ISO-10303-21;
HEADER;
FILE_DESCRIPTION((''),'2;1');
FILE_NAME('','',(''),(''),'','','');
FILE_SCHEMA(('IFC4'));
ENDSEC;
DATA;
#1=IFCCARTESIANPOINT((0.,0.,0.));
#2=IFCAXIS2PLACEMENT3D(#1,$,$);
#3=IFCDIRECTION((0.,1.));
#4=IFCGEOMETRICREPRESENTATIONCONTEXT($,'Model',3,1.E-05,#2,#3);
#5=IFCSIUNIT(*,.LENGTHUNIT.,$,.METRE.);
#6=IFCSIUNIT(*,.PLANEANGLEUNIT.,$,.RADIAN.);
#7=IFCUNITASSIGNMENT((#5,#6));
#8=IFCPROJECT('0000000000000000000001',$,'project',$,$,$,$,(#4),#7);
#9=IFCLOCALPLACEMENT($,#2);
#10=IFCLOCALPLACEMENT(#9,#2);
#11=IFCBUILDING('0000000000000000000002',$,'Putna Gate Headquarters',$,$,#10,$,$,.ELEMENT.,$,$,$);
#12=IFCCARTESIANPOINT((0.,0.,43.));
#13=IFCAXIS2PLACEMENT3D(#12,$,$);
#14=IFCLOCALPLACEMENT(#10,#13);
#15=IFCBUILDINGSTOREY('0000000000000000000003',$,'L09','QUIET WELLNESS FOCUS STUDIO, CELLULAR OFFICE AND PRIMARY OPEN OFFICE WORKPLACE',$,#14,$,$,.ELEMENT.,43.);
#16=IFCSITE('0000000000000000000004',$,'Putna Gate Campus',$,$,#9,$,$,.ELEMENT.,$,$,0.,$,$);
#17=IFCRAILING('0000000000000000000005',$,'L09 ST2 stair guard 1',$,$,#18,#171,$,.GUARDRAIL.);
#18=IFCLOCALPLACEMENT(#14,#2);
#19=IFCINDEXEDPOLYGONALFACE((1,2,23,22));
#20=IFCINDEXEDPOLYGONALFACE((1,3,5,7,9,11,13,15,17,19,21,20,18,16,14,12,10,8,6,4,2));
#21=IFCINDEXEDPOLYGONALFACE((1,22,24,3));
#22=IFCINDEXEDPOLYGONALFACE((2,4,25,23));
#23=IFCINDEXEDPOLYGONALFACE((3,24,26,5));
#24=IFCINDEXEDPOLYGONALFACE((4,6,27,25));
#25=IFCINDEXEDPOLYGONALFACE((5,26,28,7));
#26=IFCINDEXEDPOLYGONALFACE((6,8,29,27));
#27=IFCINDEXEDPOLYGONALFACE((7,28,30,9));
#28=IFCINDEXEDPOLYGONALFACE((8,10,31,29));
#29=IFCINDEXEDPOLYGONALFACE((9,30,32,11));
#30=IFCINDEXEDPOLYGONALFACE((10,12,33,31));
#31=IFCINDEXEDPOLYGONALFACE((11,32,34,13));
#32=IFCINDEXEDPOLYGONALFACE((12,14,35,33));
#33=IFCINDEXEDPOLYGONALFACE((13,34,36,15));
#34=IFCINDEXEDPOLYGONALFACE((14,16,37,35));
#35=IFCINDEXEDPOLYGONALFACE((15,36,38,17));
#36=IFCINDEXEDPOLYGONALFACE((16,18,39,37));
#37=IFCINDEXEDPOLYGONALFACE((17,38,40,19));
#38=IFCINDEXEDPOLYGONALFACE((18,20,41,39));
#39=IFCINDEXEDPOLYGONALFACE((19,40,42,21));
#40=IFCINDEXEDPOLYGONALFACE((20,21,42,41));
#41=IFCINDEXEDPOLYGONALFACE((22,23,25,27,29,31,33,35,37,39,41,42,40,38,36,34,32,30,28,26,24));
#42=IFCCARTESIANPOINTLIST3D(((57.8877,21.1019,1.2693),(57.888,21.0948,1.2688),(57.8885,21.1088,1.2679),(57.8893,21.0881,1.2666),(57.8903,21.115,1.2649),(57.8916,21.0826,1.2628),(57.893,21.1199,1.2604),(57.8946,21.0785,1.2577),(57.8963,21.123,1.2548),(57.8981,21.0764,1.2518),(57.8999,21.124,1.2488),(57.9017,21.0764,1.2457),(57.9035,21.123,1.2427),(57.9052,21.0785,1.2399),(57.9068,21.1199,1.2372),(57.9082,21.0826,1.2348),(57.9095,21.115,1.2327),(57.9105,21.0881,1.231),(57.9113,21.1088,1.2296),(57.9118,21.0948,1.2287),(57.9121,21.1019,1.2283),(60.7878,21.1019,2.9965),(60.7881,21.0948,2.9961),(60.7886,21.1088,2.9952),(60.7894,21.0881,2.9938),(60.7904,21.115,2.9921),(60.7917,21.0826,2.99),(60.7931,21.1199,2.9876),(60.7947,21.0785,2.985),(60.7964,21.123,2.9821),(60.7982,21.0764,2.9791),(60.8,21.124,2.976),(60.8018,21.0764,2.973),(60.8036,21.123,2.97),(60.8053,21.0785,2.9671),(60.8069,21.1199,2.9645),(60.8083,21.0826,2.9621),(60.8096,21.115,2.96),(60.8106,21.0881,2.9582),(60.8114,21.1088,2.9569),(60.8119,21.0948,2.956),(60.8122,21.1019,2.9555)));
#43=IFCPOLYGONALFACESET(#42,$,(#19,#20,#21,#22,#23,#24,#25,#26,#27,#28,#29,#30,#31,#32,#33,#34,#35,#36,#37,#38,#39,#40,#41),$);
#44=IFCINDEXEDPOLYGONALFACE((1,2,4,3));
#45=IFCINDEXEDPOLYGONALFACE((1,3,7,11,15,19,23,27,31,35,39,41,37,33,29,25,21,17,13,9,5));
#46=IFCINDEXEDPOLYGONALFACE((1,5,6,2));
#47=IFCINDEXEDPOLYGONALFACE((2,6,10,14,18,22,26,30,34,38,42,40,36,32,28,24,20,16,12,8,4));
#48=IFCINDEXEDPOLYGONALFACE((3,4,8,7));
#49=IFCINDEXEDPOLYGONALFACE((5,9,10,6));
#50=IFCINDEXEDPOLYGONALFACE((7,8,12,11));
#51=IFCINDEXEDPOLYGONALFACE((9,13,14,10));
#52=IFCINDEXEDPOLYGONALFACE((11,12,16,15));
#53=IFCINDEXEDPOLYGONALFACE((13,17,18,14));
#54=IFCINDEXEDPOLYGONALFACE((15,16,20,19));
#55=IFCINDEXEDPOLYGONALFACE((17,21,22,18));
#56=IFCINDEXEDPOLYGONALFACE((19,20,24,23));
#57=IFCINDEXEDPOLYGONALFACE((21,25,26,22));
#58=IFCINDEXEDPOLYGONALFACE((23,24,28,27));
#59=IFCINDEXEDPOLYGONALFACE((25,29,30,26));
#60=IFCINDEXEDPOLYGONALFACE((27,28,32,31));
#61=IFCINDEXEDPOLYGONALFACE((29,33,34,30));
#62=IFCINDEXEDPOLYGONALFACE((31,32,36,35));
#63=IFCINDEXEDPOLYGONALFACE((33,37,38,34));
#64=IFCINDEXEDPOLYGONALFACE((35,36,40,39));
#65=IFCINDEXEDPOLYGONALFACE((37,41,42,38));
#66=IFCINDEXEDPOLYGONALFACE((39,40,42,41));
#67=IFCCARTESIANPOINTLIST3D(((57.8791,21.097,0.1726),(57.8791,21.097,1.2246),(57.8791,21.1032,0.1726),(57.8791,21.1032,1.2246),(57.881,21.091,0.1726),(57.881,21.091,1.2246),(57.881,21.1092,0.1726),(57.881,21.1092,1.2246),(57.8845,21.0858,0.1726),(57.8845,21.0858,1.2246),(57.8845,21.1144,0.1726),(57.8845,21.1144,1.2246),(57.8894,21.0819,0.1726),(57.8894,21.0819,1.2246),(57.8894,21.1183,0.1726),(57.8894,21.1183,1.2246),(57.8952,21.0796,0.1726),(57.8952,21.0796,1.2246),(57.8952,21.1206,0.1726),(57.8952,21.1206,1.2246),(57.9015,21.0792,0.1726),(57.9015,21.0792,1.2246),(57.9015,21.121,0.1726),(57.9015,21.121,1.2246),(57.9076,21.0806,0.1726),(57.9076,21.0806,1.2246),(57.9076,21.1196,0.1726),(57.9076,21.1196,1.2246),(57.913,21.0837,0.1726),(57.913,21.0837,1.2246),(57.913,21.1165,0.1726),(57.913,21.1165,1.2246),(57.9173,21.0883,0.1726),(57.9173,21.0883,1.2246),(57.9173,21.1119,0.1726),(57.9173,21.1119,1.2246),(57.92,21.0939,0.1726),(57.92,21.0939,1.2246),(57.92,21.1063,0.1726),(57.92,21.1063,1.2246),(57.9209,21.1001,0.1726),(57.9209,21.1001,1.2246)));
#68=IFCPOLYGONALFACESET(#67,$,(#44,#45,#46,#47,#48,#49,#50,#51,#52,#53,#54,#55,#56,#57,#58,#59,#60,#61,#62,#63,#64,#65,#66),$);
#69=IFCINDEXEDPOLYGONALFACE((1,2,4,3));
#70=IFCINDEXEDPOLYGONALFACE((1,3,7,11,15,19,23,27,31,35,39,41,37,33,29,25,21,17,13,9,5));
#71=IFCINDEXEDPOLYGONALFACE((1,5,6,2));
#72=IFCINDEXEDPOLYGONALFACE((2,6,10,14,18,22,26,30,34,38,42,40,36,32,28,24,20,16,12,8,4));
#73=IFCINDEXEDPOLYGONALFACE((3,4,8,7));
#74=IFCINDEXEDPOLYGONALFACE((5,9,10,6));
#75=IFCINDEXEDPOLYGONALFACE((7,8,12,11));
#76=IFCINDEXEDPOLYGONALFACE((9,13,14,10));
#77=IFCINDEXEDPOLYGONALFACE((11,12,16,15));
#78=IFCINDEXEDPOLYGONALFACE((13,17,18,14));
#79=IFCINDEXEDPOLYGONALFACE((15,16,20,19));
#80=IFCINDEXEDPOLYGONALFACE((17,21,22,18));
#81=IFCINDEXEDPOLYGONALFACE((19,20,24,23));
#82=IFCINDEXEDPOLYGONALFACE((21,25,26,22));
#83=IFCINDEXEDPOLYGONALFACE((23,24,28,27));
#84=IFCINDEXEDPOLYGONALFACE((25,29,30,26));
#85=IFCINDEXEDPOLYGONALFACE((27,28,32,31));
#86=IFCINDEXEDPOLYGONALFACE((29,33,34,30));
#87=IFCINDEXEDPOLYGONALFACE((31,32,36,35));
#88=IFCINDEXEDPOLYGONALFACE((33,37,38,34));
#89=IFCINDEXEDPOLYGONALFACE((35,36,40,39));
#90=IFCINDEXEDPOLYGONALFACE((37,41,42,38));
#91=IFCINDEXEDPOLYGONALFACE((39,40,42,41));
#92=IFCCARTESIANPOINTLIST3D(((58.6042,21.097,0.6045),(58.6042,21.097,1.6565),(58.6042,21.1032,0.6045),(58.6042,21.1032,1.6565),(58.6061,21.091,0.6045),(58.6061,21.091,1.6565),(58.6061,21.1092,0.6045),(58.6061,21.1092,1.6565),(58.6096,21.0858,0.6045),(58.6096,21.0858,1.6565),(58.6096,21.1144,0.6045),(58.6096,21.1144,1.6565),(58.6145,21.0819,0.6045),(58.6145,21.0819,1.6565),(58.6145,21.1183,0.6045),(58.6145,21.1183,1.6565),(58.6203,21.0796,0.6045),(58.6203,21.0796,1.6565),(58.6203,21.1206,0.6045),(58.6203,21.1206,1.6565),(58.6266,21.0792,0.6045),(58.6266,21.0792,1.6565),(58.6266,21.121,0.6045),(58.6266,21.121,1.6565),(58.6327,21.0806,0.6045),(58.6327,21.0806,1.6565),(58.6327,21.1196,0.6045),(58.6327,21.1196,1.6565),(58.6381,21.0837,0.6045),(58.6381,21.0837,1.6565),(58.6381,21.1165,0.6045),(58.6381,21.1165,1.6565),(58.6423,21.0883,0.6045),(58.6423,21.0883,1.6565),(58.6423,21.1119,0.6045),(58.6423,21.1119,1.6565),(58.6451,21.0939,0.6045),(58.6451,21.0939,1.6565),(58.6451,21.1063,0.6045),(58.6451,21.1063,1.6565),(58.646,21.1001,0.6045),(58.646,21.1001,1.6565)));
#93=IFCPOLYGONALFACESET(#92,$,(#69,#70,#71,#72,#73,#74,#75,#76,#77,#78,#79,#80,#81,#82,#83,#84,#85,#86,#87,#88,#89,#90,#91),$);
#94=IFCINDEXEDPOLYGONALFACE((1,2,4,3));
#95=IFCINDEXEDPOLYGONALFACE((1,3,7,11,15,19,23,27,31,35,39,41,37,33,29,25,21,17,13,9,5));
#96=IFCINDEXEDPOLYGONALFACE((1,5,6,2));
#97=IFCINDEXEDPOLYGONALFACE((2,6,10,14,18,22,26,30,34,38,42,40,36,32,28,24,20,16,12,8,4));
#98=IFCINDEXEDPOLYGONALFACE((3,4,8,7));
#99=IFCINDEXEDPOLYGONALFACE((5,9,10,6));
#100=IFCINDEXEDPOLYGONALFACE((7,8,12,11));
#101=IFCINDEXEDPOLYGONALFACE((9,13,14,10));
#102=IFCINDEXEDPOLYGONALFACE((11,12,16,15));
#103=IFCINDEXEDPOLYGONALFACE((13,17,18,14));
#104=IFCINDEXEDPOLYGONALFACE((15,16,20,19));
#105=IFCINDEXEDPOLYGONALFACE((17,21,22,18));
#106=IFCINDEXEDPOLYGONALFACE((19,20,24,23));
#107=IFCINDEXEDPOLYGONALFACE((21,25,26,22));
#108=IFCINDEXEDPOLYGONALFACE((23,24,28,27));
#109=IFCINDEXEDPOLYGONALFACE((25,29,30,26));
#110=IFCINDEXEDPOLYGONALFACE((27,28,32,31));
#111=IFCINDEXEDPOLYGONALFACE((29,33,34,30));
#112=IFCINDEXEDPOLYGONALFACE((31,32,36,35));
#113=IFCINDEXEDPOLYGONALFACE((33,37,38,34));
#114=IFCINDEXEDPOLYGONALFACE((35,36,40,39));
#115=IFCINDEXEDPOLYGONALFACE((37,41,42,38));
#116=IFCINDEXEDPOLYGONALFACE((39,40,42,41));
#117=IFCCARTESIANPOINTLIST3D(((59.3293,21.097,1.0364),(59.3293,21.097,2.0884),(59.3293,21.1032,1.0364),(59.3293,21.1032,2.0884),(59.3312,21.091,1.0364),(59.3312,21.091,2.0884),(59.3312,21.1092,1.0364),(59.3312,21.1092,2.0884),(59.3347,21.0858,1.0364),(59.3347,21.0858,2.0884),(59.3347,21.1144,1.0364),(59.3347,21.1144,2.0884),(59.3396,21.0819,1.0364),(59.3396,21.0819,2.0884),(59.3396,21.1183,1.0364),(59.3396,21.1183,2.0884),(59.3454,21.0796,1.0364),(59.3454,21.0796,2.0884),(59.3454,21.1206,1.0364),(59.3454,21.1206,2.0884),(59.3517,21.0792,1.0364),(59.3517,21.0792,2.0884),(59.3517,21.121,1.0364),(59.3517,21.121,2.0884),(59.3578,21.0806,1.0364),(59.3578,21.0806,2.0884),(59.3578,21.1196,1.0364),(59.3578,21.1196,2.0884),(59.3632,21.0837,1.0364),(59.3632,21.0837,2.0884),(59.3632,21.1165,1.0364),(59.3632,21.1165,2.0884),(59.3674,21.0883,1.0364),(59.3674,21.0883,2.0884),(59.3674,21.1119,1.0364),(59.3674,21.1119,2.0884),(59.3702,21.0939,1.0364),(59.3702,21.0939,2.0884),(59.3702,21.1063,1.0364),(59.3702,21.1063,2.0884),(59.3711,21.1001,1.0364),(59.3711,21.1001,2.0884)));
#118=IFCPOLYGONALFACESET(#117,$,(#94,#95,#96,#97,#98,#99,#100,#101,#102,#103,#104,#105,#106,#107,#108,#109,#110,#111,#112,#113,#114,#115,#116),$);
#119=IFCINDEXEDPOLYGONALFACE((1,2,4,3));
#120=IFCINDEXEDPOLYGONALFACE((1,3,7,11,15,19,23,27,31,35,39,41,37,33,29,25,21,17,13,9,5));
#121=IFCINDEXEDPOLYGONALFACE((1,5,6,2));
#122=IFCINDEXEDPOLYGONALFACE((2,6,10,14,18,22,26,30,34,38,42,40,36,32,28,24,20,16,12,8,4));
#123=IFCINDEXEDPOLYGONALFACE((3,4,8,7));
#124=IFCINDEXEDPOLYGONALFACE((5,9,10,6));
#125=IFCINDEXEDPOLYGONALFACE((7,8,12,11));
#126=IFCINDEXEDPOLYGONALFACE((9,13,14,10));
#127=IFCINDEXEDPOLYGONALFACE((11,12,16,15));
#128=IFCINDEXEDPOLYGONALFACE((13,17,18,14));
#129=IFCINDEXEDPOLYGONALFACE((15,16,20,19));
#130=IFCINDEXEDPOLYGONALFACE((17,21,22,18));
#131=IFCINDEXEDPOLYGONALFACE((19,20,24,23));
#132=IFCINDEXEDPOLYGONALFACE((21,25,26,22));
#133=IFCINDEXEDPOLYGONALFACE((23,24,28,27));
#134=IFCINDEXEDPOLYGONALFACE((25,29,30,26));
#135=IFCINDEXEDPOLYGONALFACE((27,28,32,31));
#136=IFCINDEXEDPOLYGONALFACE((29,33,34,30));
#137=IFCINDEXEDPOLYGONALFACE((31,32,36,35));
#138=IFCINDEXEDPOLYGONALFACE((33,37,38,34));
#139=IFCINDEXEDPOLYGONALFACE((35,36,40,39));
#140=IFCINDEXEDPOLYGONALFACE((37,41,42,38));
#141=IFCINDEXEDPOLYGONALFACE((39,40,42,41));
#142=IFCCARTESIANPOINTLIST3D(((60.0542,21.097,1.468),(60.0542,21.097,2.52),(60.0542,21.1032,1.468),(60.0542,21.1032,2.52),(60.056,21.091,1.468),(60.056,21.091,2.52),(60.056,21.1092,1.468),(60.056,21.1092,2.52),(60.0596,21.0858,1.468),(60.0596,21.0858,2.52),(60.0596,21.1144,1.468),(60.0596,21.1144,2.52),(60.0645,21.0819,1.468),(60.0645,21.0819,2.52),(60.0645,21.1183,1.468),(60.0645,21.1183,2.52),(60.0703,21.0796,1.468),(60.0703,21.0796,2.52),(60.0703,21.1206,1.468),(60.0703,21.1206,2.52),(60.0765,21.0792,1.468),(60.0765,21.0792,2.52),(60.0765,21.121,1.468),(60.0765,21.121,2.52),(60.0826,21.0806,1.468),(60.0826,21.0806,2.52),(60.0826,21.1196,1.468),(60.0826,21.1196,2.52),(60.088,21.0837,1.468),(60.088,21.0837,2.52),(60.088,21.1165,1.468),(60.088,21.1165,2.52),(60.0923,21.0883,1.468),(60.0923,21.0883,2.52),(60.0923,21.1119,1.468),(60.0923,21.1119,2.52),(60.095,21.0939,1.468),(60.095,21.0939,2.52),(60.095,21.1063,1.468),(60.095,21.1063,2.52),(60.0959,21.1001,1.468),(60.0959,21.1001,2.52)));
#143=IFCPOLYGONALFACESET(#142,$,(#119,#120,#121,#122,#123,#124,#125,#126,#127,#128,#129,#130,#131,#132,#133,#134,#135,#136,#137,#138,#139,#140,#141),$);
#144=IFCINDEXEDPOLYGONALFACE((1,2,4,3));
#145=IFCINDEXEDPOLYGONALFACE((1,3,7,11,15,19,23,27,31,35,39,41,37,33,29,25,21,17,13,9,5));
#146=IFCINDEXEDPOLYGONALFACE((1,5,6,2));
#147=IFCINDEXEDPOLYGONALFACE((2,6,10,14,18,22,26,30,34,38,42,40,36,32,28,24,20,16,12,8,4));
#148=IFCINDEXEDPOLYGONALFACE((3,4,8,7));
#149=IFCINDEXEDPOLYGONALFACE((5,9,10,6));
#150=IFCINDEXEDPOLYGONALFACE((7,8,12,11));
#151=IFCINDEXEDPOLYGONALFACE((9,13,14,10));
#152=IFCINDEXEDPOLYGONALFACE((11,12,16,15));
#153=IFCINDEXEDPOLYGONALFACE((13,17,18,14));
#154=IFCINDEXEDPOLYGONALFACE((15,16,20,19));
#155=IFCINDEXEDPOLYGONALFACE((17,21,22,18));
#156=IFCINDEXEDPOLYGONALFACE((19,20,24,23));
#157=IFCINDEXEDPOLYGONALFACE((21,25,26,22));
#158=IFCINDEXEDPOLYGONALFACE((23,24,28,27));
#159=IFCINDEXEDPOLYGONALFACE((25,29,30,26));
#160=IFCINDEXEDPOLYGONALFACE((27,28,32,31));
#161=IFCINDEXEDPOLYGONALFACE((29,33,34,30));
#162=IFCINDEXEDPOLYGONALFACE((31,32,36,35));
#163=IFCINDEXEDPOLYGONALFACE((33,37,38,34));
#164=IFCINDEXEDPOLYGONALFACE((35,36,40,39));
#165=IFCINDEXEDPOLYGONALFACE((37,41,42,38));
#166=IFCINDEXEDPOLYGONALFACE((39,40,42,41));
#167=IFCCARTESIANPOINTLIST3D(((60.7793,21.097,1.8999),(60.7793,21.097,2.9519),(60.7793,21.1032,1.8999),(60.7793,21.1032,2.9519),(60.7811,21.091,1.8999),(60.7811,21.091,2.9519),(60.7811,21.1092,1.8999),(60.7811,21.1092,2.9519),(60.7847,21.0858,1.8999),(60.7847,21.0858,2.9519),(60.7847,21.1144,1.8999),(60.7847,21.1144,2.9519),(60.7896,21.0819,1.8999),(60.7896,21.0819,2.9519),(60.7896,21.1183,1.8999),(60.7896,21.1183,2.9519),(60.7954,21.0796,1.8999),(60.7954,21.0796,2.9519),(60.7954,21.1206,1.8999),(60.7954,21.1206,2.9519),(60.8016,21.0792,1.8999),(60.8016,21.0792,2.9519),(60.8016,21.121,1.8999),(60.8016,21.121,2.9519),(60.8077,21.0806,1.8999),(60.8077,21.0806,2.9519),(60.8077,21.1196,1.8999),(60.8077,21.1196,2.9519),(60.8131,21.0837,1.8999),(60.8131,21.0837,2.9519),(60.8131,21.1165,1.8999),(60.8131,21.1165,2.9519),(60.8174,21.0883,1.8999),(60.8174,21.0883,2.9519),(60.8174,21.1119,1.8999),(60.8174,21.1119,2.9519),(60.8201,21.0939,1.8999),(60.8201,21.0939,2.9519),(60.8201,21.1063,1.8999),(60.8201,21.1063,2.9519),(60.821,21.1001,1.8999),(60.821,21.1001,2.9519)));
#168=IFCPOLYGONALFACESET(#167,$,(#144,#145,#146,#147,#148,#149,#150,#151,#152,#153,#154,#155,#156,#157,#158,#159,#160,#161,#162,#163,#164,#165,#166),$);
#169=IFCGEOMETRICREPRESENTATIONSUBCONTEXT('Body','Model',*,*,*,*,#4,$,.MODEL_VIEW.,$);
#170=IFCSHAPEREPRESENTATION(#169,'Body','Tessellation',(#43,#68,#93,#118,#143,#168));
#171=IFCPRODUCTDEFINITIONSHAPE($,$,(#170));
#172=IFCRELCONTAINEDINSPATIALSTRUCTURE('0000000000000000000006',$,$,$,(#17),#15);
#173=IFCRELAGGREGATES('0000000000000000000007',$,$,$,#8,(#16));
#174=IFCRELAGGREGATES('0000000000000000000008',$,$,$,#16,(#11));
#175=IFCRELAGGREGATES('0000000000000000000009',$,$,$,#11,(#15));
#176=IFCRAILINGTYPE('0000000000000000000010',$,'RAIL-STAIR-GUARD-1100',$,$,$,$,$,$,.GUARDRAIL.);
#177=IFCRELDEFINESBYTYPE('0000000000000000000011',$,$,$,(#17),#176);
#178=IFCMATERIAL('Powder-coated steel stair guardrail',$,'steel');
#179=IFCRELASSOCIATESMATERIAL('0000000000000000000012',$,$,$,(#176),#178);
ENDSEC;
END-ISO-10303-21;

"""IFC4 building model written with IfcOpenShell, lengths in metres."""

from ifc_helpers import new_model, si_unit, direction, frame, origin, origin_2d, place, context, subcontext, project, spatial, circle, extrude, material, type_object, element, save


model = new_model("IFC4")

# Units and contexts
model_context = context("Model", 3, precision=1e-05, world=origin(), true_north=direction((0.0, 1.0)))
body_context = subcontext(model_context, "Body", "Model", "MODEL_VIEW")
ifc_project = project(units=[si_unit("LENGTHUNIT", "METRE"), si_unit("PLANEANGLEUNIT", "RADIAN")], contexts=[model_context])

# Site, building, storey
site_placement = place(None, origin())
site = spatial("IfcSite", under=ifc_project, at=site_placement, Name="Putna Gate Campus", CompositionType="ELEMENT", RefElevation=0.0)
building_placement = place(site_placement, origin())
building = spatial("IfcBuilding", under=site, at=building_placement, Name="Putna Gate Headquarters", CompositionType="ELEMENT")
storey_placement = place(building_placement, frame((0.0, 0.0, 43.0)))
storey = spatial("IfcBuildingStorey", under=building, at=storey_placement, Name="L09", Description="QUIET WELLNESS FOCUS STUDIO, CELLULAR OFFICE AND PRIMARY OPEN OFFICE WORKPLACE", CompositionType="ELEMENT", Elevation=43.0)

# Railing
ifc_material_1 = material(Name="Powder-coated steel stair guardrail", Category="steel")
railing_type_1 = type_object("IfcRailingType", Name="RAIL-STAIR-GUARD-1100", PredefinedType="GUARDRAIL", material=ifc_material_1)
railing_1_placement = place(storey_placement, frame((57.8999, 21.1001, 0.1726)))
element("IfcRailing", 1, at=railing_1_placement, inside=storey, type_object=railing_type_1, Name="L09 ST2 stair guard 1", PredefinedType="GUARDRAIL", context=body_context, shape_type="SweptSolid", body=[
    extrude(circle(Radius=0.0239, at=origin_2d()), frame((0.0, 0.0, 1.0762), z_axis=(0.85916, 0.0, 0.511706), x_axis=(0.0, 1.0, 0.0)), (0.0, 0.0, 1.0), 3.3755),
    extrude(circle(Radius=0.021, at=origin_2d()), origin(), (0.0, 0.0, 1.0), 1.052),
    extrude(circle(Radius=0.021, at=origin_2d()), frame((0.7251, 0.0, 0.4319)), (0.0, 0.0, 1.0), 1.052),
    extrude(circle(Radius=0.021, at=origin_2d()), frame((1.4502, 0.0, 0.8638)), (0.0, 0.0, 1.0), 1.052),
    extrude(circle(Radius=0.021, at=origin_2d()), frame((2.175, 0.0, 1.2954)), (0.0, 0.0, 1.0), 1.052),
    extrude(circle(Radius=0.021, at=origin_2d()), frame((2.9001, 0.0, 1.7273)), (0.0, 0.0, 1.0), 1.052),
])

save(model, "model.ifc")
